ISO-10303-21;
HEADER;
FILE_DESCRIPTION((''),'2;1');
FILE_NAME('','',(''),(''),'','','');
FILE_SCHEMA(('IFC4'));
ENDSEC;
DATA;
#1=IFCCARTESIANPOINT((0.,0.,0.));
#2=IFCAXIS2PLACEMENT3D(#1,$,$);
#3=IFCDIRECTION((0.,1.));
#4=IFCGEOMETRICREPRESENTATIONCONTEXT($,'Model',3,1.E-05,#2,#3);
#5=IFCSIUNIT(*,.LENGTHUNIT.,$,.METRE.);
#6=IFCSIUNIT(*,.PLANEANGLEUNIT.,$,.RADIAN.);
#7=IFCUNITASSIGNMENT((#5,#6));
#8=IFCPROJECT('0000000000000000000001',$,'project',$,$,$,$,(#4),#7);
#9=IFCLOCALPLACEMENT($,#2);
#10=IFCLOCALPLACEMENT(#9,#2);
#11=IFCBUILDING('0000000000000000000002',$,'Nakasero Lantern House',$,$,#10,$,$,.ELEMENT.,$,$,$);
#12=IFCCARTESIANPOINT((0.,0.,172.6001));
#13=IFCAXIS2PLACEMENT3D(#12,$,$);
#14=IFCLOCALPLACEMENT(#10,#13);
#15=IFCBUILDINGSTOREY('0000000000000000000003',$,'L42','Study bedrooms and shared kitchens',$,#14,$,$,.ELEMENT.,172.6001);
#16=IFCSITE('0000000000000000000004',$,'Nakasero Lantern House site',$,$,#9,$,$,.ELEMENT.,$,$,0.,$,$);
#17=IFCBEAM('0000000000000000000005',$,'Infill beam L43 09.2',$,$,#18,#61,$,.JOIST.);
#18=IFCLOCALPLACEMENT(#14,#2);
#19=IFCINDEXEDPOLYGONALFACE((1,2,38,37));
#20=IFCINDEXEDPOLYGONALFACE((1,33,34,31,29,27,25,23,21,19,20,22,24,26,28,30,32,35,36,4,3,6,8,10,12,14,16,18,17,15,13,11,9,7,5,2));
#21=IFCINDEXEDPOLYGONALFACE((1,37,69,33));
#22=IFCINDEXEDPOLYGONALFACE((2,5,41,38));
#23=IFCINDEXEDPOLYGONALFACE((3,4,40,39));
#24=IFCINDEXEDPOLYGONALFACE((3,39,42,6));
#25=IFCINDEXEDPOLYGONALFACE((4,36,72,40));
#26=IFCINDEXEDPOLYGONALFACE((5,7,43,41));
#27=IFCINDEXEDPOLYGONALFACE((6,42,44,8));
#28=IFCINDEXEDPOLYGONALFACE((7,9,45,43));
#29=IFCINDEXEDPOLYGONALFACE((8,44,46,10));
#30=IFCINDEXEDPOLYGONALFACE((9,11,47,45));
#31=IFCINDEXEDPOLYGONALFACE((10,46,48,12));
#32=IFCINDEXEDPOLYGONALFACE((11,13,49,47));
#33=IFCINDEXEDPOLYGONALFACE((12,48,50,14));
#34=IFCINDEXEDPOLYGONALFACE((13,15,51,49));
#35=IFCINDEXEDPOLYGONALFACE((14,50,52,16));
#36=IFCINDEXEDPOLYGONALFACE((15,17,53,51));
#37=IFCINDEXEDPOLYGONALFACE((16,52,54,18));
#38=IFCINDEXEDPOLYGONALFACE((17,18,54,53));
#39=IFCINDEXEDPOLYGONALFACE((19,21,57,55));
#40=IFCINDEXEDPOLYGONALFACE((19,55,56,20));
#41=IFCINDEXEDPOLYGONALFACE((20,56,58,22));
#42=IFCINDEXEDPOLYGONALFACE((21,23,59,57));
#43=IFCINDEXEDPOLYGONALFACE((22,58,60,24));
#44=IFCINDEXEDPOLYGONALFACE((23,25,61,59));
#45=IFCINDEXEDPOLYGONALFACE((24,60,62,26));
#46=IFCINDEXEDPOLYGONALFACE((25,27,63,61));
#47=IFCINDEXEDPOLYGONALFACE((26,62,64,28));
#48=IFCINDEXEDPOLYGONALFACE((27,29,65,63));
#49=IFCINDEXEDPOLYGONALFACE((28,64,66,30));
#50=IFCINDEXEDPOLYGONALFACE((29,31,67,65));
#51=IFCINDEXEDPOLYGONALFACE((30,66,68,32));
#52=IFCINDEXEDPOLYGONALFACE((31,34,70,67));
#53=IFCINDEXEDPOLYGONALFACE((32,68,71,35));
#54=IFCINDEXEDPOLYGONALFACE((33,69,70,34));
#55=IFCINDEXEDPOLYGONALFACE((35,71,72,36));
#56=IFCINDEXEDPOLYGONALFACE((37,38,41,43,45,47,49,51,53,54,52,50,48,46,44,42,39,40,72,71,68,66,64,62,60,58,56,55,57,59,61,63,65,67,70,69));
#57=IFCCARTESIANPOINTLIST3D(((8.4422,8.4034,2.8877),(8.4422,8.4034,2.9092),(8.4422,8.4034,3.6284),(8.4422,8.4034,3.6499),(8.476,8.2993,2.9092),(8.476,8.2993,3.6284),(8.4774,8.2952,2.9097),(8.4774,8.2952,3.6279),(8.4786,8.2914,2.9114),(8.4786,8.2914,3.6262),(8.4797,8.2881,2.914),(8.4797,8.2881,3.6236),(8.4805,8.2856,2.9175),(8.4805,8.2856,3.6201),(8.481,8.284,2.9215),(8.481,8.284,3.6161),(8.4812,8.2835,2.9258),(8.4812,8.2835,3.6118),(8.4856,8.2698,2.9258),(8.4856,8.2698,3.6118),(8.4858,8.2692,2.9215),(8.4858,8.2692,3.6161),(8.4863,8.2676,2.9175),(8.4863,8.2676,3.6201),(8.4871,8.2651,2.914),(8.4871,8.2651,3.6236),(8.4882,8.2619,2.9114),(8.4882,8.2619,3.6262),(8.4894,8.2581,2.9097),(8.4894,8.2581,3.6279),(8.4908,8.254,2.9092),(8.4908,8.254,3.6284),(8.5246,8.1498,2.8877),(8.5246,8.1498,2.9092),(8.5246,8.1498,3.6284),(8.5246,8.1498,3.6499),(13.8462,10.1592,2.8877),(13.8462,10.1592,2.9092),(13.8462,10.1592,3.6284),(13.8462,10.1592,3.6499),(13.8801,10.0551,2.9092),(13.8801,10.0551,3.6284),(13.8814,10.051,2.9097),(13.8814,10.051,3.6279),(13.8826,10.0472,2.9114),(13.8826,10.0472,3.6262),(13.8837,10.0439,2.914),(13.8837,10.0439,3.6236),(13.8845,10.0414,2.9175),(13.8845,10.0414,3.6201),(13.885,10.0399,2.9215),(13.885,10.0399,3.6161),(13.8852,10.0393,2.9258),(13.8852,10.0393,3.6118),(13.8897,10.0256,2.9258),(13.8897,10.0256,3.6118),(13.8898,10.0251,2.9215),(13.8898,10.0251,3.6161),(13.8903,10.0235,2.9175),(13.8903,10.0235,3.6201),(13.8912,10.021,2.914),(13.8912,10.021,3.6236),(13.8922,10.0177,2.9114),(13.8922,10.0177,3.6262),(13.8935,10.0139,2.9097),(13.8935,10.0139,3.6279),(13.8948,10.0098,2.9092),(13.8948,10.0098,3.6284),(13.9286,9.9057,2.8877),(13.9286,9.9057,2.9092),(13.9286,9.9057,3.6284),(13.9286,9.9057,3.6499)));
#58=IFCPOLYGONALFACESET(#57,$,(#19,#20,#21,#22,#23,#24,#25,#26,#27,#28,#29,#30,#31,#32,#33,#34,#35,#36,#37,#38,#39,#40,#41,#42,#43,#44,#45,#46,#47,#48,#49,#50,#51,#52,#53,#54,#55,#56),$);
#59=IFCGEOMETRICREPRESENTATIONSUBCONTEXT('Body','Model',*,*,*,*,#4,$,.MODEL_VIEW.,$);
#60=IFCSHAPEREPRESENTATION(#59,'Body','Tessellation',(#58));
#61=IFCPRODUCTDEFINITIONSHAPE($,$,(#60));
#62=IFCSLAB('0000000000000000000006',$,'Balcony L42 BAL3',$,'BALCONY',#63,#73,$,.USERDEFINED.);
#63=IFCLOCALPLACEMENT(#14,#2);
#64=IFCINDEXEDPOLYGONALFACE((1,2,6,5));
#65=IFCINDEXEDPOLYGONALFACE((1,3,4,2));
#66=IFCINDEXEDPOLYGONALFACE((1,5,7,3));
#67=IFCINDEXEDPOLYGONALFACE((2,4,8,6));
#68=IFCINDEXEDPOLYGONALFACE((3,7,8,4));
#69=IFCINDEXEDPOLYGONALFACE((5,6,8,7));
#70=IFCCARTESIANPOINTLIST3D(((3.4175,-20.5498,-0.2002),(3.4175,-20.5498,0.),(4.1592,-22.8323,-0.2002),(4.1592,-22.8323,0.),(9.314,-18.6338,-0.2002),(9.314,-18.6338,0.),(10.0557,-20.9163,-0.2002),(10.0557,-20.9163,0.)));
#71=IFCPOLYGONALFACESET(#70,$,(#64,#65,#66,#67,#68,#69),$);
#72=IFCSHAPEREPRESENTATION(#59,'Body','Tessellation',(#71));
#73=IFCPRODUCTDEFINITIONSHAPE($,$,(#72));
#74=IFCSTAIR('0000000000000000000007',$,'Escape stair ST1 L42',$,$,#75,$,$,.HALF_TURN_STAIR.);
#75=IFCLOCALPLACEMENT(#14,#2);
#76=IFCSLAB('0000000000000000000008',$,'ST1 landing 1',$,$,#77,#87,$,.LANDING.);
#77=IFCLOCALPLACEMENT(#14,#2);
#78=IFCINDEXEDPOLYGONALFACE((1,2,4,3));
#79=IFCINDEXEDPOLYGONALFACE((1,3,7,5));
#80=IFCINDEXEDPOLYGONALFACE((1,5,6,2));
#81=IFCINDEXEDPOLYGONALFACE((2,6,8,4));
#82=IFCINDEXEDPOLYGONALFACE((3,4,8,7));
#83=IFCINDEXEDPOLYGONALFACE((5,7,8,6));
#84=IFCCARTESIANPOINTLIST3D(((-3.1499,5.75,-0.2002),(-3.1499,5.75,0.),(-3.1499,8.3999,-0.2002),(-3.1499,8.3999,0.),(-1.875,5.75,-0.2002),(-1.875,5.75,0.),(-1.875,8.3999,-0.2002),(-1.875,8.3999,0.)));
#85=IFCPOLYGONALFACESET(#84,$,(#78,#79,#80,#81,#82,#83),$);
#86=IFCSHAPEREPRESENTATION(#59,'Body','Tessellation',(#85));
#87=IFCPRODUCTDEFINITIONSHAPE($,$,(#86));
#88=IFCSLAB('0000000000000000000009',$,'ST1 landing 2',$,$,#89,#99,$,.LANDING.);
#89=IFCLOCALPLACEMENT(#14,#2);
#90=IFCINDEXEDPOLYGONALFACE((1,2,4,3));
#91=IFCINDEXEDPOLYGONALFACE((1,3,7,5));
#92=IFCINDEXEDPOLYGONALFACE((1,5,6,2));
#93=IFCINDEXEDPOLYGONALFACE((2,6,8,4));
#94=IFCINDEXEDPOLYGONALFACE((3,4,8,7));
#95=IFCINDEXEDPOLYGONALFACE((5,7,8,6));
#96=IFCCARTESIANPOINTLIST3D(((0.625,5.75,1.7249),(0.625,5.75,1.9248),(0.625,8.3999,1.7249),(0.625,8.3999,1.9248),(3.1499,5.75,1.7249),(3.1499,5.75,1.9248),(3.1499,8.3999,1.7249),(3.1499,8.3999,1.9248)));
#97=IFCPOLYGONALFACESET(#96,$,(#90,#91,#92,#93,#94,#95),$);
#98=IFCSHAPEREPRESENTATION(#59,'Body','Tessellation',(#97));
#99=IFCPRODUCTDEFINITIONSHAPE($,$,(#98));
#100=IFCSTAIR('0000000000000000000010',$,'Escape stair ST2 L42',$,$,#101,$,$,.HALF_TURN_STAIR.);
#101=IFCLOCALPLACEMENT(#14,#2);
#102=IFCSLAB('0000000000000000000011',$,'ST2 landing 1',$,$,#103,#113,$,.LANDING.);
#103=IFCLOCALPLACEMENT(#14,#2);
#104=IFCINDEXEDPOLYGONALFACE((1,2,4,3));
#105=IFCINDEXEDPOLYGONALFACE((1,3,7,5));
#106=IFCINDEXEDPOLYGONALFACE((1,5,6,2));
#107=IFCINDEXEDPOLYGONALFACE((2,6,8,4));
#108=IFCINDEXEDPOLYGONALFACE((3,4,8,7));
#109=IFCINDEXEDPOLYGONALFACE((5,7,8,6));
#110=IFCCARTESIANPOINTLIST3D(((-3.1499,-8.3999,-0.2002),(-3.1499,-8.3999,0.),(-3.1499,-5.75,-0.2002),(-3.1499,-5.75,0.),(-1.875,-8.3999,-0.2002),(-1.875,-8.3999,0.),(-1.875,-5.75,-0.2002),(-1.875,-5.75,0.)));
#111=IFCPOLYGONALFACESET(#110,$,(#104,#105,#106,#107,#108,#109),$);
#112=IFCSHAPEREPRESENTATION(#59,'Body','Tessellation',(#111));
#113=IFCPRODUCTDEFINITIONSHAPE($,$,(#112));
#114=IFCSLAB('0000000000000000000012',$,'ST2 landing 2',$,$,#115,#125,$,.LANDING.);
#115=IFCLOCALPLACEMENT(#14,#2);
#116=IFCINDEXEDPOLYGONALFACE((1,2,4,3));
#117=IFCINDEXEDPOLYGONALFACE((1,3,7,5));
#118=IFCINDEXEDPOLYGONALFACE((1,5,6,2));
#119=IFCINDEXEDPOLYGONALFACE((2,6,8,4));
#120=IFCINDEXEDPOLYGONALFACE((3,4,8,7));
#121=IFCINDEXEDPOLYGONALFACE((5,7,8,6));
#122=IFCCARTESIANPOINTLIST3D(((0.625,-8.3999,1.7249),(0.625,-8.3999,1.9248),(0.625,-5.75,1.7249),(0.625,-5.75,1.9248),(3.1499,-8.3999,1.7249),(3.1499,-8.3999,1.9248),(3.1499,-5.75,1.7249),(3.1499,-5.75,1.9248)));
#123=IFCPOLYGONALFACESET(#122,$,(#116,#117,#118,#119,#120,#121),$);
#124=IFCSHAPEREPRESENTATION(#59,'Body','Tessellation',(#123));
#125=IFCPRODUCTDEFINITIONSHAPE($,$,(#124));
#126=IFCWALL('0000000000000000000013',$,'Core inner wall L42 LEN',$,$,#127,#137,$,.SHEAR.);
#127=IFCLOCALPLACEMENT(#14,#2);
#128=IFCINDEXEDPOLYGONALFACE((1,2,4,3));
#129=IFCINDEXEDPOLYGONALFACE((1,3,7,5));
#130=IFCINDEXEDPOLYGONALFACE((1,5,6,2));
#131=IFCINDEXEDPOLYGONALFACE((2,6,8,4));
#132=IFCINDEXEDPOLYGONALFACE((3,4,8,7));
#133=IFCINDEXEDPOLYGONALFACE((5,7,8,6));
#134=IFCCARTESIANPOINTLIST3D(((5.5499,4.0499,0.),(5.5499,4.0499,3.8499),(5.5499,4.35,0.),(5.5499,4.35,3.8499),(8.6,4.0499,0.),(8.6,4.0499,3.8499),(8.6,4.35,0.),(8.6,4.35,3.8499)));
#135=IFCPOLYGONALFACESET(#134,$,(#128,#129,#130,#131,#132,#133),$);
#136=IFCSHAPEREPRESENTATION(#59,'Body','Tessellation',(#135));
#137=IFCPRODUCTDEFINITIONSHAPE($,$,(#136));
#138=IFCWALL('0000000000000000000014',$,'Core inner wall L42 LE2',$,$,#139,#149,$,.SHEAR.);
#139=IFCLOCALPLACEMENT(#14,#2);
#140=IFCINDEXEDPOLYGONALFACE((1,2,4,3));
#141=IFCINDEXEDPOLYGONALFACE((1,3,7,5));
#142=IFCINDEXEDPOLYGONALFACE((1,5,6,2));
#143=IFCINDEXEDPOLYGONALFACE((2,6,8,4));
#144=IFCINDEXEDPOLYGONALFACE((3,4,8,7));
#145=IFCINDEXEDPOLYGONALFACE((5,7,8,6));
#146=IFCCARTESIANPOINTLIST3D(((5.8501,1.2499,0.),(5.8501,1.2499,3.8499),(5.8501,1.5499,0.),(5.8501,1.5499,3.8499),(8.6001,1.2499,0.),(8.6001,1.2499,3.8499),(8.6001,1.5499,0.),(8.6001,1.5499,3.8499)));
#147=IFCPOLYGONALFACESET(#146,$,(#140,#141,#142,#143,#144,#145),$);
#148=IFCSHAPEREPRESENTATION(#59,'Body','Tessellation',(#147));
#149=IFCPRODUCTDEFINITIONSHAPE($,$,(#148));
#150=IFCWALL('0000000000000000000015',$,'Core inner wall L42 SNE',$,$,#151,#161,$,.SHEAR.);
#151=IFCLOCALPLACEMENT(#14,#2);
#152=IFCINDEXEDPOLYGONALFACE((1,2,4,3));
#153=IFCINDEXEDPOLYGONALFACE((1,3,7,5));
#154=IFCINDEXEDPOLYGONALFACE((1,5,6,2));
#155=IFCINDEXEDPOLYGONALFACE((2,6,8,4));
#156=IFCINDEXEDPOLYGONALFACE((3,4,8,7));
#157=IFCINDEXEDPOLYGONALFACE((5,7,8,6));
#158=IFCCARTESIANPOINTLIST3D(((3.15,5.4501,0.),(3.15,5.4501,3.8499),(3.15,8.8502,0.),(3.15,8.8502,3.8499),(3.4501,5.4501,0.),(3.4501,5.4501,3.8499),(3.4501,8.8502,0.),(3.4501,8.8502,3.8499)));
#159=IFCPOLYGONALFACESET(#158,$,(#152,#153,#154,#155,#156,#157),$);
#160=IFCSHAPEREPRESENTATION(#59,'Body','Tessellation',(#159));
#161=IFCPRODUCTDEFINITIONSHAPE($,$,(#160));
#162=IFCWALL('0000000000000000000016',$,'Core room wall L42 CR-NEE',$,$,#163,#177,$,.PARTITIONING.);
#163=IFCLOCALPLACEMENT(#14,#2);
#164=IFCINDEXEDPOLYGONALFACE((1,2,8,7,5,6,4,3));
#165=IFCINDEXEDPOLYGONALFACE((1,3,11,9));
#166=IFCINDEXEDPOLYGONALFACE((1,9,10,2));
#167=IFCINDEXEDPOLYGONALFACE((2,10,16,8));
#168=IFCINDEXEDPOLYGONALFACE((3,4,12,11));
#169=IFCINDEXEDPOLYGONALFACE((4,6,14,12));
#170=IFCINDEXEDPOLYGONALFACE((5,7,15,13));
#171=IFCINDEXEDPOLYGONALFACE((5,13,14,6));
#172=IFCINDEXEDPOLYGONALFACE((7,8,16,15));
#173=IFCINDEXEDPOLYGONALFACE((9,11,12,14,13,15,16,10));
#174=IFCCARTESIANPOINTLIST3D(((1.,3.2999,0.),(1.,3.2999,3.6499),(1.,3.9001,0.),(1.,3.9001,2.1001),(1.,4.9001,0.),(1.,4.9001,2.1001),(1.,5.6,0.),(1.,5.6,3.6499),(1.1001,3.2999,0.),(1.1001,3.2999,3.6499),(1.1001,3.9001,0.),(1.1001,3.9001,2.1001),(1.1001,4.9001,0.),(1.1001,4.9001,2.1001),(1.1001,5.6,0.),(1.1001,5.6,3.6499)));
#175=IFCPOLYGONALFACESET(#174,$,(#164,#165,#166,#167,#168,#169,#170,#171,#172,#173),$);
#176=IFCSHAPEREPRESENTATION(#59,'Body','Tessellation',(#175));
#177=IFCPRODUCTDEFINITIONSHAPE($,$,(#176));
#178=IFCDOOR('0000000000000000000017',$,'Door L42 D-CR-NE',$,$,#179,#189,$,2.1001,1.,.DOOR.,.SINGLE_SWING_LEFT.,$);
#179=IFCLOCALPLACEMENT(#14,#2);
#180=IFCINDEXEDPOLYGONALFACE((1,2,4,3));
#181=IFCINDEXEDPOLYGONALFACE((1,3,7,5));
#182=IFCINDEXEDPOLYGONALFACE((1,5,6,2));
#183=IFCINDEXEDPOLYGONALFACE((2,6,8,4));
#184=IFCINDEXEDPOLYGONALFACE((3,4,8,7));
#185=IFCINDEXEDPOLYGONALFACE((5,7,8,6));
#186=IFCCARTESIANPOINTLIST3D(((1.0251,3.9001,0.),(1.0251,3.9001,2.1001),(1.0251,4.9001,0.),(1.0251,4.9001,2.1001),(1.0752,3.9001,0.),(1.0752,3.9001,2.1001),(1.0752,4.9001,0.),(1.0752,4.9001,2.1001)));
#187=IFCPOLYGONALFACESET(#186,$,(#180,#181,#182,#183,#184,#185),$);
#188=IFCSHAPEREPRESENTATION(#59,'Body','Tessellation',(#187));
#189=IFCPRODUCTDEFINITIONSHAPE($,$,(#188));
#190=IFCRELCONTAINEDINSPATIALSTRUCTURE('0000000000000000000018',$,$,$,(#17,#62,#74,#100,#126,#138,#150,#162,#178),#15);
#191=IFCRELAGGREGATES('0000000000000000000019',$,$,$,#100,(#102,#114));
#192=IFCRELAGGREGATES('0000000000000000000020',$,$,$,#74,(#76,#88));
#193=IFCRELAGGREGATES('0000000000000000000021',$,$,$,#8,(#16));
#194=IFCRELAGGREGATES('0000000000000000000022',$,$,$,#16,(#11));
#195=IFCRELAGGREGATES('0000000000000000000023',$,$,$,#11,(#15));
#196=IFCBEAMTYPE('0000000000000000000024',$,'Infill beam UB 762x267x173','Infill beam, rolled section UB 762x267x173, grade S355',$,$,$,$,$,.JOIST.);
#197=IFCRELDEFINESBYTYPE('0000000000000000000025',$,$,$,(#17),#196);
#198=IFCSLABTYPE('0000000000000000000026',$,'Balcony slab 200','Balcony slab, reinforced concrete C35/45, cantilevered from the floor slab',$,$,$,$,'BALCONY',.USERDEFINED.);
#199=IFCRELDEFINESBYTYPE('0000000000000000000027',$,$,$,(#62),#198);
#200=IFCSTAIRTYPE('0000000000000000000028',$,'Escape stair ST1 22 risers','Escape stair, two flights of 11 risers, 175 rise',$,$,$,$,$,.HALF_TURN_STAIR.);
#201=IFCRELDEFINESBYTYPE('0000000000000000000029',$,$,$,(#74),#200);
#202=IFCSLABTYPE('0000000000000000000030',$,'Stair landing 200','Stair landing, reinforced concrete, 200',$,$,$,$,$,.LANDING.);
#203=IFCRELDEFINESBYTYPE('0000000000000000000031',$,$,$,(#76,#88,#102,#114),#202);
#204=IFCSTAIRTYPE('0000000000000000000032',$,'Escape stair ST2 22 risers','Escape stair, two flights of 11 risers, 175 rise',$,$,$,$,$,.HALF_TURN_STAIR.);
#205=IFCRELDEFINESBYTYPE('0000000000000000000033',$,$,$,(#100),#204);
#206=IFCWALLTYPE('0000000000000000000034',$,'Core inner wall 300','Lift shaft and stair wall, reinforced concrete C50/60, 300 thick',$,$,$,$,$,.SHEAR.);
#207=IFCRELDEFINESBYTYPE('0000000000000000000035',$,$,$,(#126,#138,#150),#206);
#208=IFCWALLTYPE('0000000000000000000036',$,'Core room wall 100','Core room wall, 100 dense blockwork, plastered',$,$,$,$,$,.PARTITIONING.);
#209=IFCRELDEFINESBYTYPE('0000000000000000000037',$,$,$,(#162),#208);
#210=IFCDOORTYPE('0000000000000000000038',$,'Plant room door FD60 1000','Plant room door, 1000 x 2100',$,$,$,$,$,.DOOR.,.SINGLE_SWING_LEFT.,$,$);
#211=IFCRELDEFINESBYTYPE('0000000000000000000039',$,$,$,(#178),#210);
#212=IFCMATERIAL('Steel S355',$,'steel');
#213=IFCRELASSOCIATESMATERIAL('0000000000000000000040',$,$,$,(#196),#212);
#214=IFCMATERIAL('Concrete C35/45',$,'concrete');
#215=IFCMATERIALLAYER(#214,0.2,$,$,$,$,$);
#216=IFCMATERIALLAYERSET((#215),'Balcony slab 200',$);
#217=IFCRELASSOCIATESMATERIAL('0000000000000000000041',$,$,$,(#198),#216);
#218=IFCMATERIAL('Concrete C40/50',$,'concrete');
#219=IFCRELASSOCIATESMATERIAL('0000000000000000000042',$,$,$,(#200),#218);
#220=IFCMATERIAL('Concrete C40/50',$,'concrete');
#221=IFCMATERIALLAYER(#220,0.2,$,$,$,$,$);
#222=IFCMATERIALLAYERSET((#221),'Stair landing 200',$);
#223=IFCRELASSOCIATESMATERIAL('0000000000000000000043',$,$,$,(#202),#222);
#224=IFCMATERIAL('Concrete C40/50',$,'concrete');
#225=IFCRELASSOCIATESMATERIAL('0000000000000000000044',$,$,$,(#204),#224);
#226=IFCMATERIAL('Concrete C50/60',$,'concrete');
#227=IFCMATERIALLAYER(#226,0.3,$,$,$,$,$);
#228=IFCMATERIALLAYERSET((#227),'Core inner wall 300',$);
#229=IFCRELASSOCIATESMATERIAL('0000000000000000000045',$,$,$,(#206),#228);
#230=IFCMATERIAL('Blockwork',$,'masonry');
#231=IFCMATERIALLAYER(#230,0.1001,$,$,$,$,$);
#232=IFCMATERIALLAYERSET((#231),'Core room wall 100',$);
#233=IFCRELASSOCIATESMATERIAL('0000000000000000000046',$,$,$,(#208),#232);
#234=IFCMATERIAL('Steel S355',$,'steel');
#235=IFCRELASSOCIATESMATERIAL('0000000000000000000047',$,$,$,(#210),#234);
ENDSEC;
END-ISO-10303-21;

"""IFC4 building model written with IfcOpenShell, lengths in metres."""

from ifc_helpers import new_model, si_unit, direction, frame, frame_2d, origin, origin_2d, place, context, subcontext, project, spatial, polyline, rectangle, i_section, outline, extrude, material, layer, layer_set, material_profile, profile_set, type_object, element, fill, aggregate, save


model = new_model("IFC4")

# Units and contexts
model_context = context("Model", 3, precision=1e-05, world=origin(), true_north=direction((0.0, 1.0)))
body_context = subcontext(model_context, "Body", "Model", "MODEL_VIEW")
ifc_project = project(units=[si_unit("LENGTHUNIT", "METRE"), si_unit("PLANEANGLEUNIT", "RADIAN")], contexts=[model_context])

# Site, building, storey
site_placement = place(None, origin())
site = spatial("IfcSite", under=ifc_project, at=site_placement, Name="Nakasero Lantern House site", CompositionType="ELEMENT", RefElevation=0.0)
building_placement = place(site_placement, origin())
building = spatial("IfcBuilding", under=site, at=building_placement, Name="Nakasero Lantern House", CompositionType="ELEMENT")
storey_placement = place(building_placement, frame((0.0, 0.0, 172.6001)))
storey = spatial("IfcBuildingStorey", under=building, at=storey_placement, Name="L42", Description="Study bedrooms and shared kitchens", CompositionType="ELEMENT", Elevation=172.6001)

# Beam
ifc_material_1 = material(Name="Steel S355", Category="steel")
ifc_material_profile = material_profile(ifc_material_1, i_section(OverallWidth=0.2666, OverallDepth=0.7622, WebThickness=0.0144, FlangeThickness=0.0215, FilletRadius=0.0166, at=origin_2d()), Name="UB 762x267x173")
ifc_profile_set = profile_set([ifc_material_profile], Name="Steel S355")
beam_type = type_object("IfcBeamType", Name="Infill beam UB 762x267x173", Description="Infill beam, rolled section UB 762x267x173, grade S355", PredefinedType="JOIST", material=ifc_profile_set)
beam_placement = place(storey_placement, frame((8.4834, 8.2766, 3.2688), z_axis=(0.951058, 0.309013, 0.0), x_axis=(-0.309013, 0.951058, 0.0)))
element("IfcBeam", 1, at=beam_placement, inside=storey, type_object=beam_type, Name="Infill beam L43 09.2", PredefinedType="JOIST", context=body_context, shape_type="SweptSolid", body=[
    extrude(i_section(OverallWidth=0.2666, OverallDepth=0.7622, WebThickness=0.0144, FlangeThickness=0.0215, FilletRadius=0.0166, at=origin_2d()), origin(), (0.0, 0.0, 1.0), 5.6821),
])

# Slab
ifc_material_2 = material(Name="Concrete C35/45", Category="concrete")
ifc_layer_1 = layer(ifc_material_2, 0.2)
ifc_layer_set_1 = layer_set([ifc_layer_1], Name="Balcony slab 200")
slab_type_1 = type_object("IfcSlabType", Name="Balcony slab 200", Description="Balcony slab, reinforced concrete C35/45, cantilevered from the floor slab", ElementType="BALCONY", PredefinedType="USERDEFINED", material=ifc_layer_set_1)
slab_1_placement = place(storey_placement, frame((0.0, 0.0, -0.2002)))
element("IfcSlab", 2, at=slab_1_placement, inside=storey, type_object=slab_type_1, Name="Balcony L42 BAL3", ObjectType="BALCONY", PredefinedType="USERDEFINED", context=body_context, shape_type="SweptSolid", body=[
    extrude(outline(polyline([(3.4175, -20.5498), (4.1592, -22.8323), (10.0557, -20.9163), (9.314, -18.6338), (3.4175, -20.5498)])), origin(), (0.0, 0.0, 1.0), 0.2002),
])

# Stairs, slabs
ifc_material_3 = material(Name="Concrete C40/50", Category="concrete")
stair_type_1 = type_object("IfcStairType", Name="Escape stair ST1 22 risers", Description="Escape stair, two flights of 11 risers, 175 rise", PredefinedType="HALF_TURN_STAIR", material=ifc_material_3)
stair_1_placement = place(storey_placement, origin())
stair_1 = element("IfcStair", 3, at=stair_1_placement, inside=storey, type_object=stair_type_1, Name="Escape stair ST1 L42", PredefinedType="HALF_TURN_STAIR")
ifc_material_4 = material(Name="Concrete C40/50", Category="concrete")
ifc_layer_2 = layer(ifc_material_4, 0.2)
ifc_layer_set_2 = layer_set([ifc_layer_2], Name="Stair landing 200")
slab_type_2 = type_object("IfcSlabType", Name="Stair landing 200", Description="Stair landing, reinforced concrete, 200", PredefinedType="LANDING", material=ifc_layer_set_2)
slab_2_placement = place(storey_placement, frame((0.0, 0.0, -0.2002)))
slab_2 = element("IfcSlab", 4, at=slab_2_placement, type_object=slab_type_2, Name="ST1 landing 1", PredefinedType="LANDING", context=body_context, shape_type="SweptSolid", body=[
    extrude(outline(polyline([(-3.1499, 5.75), (-1.875, 5.75), (-1.875, 8.3999), (-3.1499, 8.3999), (-3.1499, 5.75)])), origin(), (0.0, 0.0, 1.0), 0.2002),
])
slab_3_placement = place(storey_placement, frame((0.0, 0.0, 1.7249)))
slab_3 = element("IfcSlab", 5, at=slab_3_placement, type_object=slab_type_2, Name="ST1 landing 2", PredefinedType="LANDING", context=body_context, shape_type="SweptSolid", body=[
    extrude(outline(polyline([(0.625, 5.75), (3.1499, 5.75), (3.1499, 8.3999), (0.625, 8.3999), (0.625, 5.75)])), origin(), (0.0, 0.0, 1.0), 0.2),
])
ifc_material_5 = material(Name="Concrete C40/50", Category="concrete")
stair_type_2 = type_object("IfcStairType", Name="Escape stair ST2 22 risers", Description="Escape stair, two flights of 11 risers, 175 rise", PredefinedType="HALF_TURN_STAIR", material=ifc_material_5)
stair_2_placement = place(storey_placement, origin())
stair_2 = element("IfcStair", 6, at=stair_2_placement, inside=storey, type_object=stair_type_2, Name="Escape stair ST2 L42", PredefinedType="HALF_TURN_STAIR")
slab_4_placement = place(storey_placement, frame((0.0, 0.0, -0.2002)))
slab_4 = element("IfcSlab", 7, at=slab_4_placement, type_object=slab_type_2, Name="ST2 landing 1", PredefinedType="LANDING", context=body_context, shape_type="SweptSolid", body=[
    extrude(outline(polyline([(-3.1499, -8.3999), (-1.875, -8.3999), (-1.875, -5.75), (-3.1499, -5.75), (-3.1499, -8.3999)])), origin(), (0.0, 0.0, 1.0), 0.2002),
])
slab_5_placement = place(storey_placement, frame((0.0, 0.0, 1.7249)))
slab_5 = element("IfcSlab", 8, at=slab_5_placement, type_object=slab_type_2, Name="ST2 landing 2", PredefinedType="LANDING", context=body_context, shape_type="SweptSolid", body=[
    extrude(outline(polyline([(0.625, -8.3999), (3.1499, -8.3999), (3.1499, -5.75), (0.625, -5.75), (0.625, -8.3999)])), origin(), (0.0, 0.0, 1.0), 0.2),
])
aggregate(stair_2, [slab_4, slab_5])

# Walls
ifc_material_6 = material(Name="Concrete C50/60", Category="concrete")
ifc_layer_3 = layer(ifc_material_6, 0.3)
ifc_layer_set_3 = layer_set([ifc_layer_3], Name="Core inner wall 300")
wall_type_1 = type_object("IfcWallType", Name="Core inner wall 300", Description="Lift shaft and stair wall, reinforced concrete C50/60, 300 thick", PredefinedType="SHEAR", material=ifc_layer_set_3)
wall_1_placement = place(storey_placement, frame((5.55, 4.2, 0.0), z_axis=(0.0, 0.0, 1.0), x_axis=(1.0, 0.0, 0.0)))
element("IfcWall", 9, at=wall_1_placement, inside=storey, type_object=wall_type_1, Name="Core inner wall L42 LEN", PredefinedType="SHEAR", context=body_context, shape_type="SweptSolid", body=[
    extrude(rectangle(XDim=3.05, YDim=0.3, at=frame_2d((1.5249, 0.0))), origin(), (0.0, 0.0, 1.0), 3.8499),
])
wall_2_placement = place(storey_placement, frame((5.8501, 1.3999, 0.0), z_axis=(0.0, 0.0, 1.0), x_axis=(1.0, 0.0, 0.0)))
element("IfcWall", 10, at=wall_2_placement, inside=storey, type_object=wall_type_1, Name="Core inner wall L42 LE2", PredefinedType="SHEAR", context=body_context, shape_type="SweptSolid", body=[
    extrude(rectangle(XDim=2.75, YDim=0.3, at=frame_2d((1.375, 0.0))), origin(), (0.0, 0.0, 1.0), 3.8499),
])
wall_3_placement = place(storey_placement, frame((3.3, 5.45, 0.0), z_axis=(0.0, 0.0, 1.0), x_axis=(0.0, 1.0, 0.0)))
element("IfcWall", 11, at=wall_3_placement, inside=storey, type_object=wall_type_1, Name="Core inner wall L42 SNE", PredefinedType="SHEAR", context=body_context, shape_type="SweptSolid", body=[
    extrude(rectangle(XDim=3.4001, YDim=0.3, at=frame_2d((1.7002, 0.0))), origin(), (0.0, 0.0, 1.0), 3.8499),
])

# Wall, opening, door
ifc_material_7 = material(Name="Blockwork", Category="masonry")
ifc_layer_4 = layer(ifc_material_7, 0.1001)
ifc_layer_set_4 = layer_set([ifc_layer_4], Name="Core room wall 100")
wall_type_2 = type_object("IfcWallType", Name="Core room wall 100", Description="Core room wall, 100 dense blockwork, plastered", PredefinedType="PARTITIONING", material=ifc_layer_set_4)
wall_4_placement = place(storey_placement, frame((1.05, 3.3, 0.0), z_axis=(0.0, 0.0, 1.0), x_axis=(0.0, 1.0, 0.0)))
wall_4 = element("IfcWall", 12, at=wall_4_placement, inside=storey, type_object=wall_type_2, Name="Core room wall L42 CR-NEE", PredefinedType="PARTITIONING", context=body_context, shape_type="SweptSolid", body=[
    extrude(rectangle(XDim=2.3, YDim=0.1001, at=frame_2d((1.1499, 0.0))), origin(), (0.0, 0.0, 1.0), 3.6499),
])
opening_1_placement = place(wall_4_placement, frame((0.6001, 0.0, 0.0)))
opening_1 = element("IfcOpeningElement", 13, at=opening_1_placement, cuts=wall_4, PredefinedType="OPENING", context=body_context, shape_type="SweptSolid", body=[
    extrude(rectangle(XDim=1.0, YDim=2.1001, at=frame_2d((0.5, 1.05))), frame((0.0, 0.0701, 0.0), z_axis=(0.0, -1.0, 0.0), x_axis=(1.0, 0.0, 0.0)), (0.0, 0.0, 1.0), 0.1401),
])
ifc_material_8 = material(Name="Steel S355", Category="steel")
door_type_1 = type_object("IfcDoorType", Name="Plant room door FD60 1000", Description="Plant room door, 1000 x 2100", OperationType="SINGLE_SWING_LEFT", PredefinedType="DOOR", material=ifc_material_8)
door_1_placement = place(opening_1_placement, origin())
door_1 = element("IfcDoor", 14, at=door_1_placement, inside=storey, type_object=door_type_1, Name="Door L42 D-CR-NE", OperationType="SINGLE_SWING_LEFT", OverallHeight=2.1001, OverallWidth=1.0, PredefinedType="DOOR", context=body_context, shape_type="SweptSolid", body=[
    extrude(rectangle(XDim=1.0, YDim=2.1001, at=frame_2d((0.5, 1.05))), frame((0.0, 0.0249, 0.0), z_axis=(0.0, -1.0, 0.0), x_axis=(1.0, 0.0, 0.0)), (0.0, 0.0, 1.0), 0.05),
])
fill(opening_1, door_1)

aggregate(stair_1, [slab_2, slab_3])

save(model, "model.ifc")
